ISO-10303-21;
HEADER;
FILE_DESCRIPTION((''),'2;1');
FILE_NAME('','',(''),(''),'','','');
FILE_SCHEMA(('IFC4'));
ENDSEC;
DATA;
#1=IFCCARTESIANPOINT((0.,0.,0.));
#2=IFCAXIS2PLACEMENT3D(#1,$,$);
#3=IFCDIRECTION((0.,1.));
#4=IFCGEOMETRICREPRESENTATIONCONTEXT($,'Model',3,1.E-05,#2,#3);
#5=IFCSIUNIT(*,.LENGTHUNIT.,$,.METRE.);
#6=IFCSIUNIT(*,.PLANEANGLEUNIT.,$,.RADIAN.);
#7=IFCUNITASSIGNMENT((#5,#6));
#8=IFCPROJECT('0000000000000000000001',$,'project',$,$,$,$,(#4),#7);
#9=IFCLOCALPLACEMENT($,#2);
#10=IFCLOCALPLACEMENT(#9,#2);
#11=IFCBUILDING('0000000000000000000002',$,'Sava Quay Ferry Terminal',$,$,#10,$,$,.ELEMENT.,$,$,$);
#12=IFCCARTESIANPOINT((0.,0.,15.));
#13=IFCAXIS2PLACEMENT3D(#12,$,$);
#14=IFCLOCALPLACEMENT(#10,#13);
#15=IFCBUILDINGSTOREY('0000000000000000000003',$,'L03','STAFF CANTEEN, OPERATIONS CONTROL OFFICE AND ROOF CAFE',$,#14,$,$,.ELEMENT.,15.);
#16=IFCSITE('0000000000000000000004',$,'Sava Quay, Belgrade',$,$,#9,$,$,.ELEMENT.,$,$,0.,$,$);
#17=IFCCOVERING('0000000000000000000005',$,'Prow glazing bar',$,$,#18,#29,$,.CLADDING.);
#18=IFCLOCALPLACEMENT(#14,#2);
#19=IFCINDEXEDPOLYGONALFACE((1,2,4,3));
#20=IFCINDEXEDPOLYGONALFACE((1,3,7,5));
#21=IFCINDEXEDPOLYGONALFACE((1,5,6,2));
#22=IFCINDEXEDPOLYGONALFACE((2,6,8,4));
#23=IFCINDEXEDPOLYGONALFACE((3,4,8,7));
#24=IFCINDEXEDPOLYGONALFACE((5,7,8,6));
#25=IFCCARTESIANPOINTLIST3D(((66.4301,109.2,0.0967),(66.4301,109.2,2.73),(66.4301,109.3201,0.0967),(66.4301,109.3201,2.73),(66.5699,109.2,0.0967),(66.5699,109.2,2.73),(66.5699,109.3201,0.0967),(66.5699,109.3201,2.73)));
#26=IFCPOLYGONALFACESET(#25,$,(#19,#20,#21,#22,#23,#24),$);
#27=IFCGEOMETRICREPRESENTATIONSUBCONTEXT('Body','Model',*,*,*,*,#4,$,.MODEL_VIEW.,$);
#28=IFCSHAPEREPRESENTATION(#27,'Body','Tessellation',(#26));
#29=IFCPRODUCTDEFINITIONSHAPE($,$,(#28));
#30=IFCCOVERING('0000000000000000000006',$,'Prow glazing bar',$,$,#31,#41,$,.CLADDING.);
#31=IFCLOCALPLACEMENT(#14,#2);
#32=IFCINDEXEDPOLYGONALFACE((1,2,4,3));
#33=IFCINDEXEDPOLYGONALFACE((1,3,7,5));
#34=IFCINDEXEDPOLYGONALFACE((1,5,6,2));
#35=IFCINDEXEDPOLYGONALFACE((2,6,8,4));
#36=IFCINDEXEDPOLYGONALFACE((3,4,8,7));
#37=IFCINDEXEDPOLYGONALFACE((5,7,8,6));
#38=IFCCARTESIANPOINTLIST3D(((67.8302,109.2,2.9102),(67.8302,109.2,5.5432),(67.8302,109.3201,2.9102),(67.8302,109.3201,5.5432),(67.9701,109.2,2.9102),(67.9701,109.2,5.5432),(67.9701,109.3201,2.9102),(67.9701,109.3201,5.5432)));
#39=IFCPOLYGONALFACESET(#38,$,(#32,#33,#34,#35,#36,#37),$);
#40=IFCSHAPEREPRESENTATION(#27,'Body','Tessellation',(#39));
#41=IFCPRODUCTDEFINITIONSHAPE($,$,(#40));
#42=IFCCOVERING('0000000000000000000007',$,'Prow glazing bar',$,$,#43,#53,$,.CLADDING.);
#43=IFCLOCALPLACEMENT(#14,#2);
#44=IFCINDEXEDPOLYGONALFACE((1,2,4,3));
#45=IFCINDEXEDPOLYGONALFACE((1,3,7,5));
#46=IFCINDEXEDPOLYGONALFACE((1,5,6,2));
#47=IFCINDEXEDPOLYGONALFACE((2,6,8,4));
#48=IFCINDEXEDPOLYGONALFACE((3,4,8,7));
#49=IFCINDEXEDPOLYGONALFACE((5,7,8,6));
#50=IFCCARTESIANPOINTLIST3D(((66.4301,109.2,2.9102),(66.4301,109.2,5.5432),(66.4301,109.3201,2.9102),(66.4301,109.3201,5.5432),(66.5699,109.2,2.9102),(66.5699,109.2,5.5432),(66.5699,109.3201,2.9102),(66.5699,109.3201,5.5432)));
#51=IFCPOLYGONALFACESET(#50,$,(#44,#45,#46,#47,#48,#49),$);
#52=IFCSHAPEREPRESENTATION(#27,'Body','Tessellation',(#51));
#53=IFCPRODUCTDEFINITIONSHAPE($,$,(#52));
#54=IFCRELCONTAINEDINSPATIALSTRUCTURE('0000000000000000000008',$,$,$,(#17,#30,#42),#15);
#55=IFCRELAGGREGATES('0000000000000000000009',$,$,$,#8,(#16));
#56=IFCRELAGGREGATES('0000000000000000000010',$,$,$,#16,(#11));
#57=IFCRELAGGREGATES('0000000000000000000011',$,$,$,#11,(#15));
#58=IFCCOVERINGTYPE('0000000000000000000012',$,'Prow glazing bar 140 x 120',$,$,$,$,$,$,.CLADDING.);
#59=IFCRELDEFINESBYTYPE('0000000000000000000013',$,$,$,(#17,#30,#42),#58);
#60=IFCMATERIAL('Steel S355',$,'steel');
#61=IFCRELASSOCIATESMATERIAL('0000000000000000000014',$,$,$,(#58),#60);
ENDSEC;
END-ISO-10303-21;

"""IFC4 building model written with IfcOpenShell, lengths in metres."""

from ifc_helpers import new_model, si_unit, direction, frame, origin, origin_2d, place, context, subcontext, project, spatial, rectangle, extrude, material, material_profile, profile_set, type_object, element, save


model = new_model("IFC4")

# Units and contexts
model_context = context("Model", 3, precision=1e-05, world=origin(), true_north=direction((0.0, 1.0)))
body_context = subcontext(model_context, "Body", "Model", "MODEL_VIEW")
ifc_project = project(units=[si_unit("LENGTHUNIT", "METRE"), si_unit("PLANEANGLEUNIT", "RADIAN")], contexts=[model_context])

# Site, building, storey
site_placement = place(None, origin())
site = spatial("IfcSite", under=ifc_project, at=site_placement, Name="Sava Quay, Belgrade", CompositionType="ELEMENT", RefElevation=0.0)
building_placement = place(site_placement, origin())
building = spatial("IfcBuilding", under=site, at=building_placement, Name="Sava Quay Ferry Terminal", CompositionType="ELEMENT")
storey_placement = place(building_placement, frame((0.0, 0.0, 15.0)))
storey = spatial("IfcBuildingStorey", under=building, at=storey_placement, Name="L03", Description="STAFF CANTEEN, OPERATIONS CONTROL OFFICE AND ROOF CAFE", CompositionType="ELEMENT", Elevation=15.0)

# Coverings
ifc_material_1 = material(Name="Steel S355", Category="steel")
ifc_material_profile_1 = material_profile(ifc_material_1, rectangle(XDim=0.1399, YDim=0.1201, at=origin_2d()), Name="Strip 140 x 120")
ifc_profile_set_1 = profile_set([ifc_material_profile_1], Name="Steel S355")
covering_type_1 = type_object("IfcCoveringType", Name="Prow glazing bar 140 x 120", PredefinedType="CLADDING", material=ifc_profile_set_1)
for number, where, z_axis, x_axis, name in (
    (1, (66.5, 109.26, 0.0967), (0.0, 0.0, 1.0), (1.0, 0.0, 0.0), "Prow glazing bar"),
):
    element("IfcCovering", number, at=place(storey_placement, frame(where, z_axis=z_axis, x_axis=x_axis)), inside=storey, type_object=covering_type_1, Name=name, PredefinedType="CLADDING", context=body_context, shape_type="SweptSolid", body=[
        extrude(rectangle(XDim=0.1399, YDim=0.1201, at=origin_2d()), origin(), (0.0, 0.0, 1.0), 2.6333),
    ])
for number, where, z_axis, x_axis, name in (
    (2, (67.9001, 109.26, 2.9102), (0.0, 0.0, 1.0), (1.0, 0.0, 0.0), "Prow glazing bar"),
    (3, (66.5, 109.26, 2.9102), (0.0, 0.0, 1.0), (1.0, 0.0, 0.0), "Prow glazing bar"),
):
    element("IfcCovering", number, at=place(storey_placement, frame(where, z_axis=z_axis, x_axis=x_axis)), inside=storey, type_object=covering_type_1, Name=name, PredefinedType="CLADDING", context=body_context, shape_type="SweptSolid", body=[
        extrude(rectangle(XDim=0.1399, YDim=0.1201, at=origin_2d()), origin(), (0.0, 0.0, 1.0), 2.6331),
    ])

save(model, "model.ifc")
